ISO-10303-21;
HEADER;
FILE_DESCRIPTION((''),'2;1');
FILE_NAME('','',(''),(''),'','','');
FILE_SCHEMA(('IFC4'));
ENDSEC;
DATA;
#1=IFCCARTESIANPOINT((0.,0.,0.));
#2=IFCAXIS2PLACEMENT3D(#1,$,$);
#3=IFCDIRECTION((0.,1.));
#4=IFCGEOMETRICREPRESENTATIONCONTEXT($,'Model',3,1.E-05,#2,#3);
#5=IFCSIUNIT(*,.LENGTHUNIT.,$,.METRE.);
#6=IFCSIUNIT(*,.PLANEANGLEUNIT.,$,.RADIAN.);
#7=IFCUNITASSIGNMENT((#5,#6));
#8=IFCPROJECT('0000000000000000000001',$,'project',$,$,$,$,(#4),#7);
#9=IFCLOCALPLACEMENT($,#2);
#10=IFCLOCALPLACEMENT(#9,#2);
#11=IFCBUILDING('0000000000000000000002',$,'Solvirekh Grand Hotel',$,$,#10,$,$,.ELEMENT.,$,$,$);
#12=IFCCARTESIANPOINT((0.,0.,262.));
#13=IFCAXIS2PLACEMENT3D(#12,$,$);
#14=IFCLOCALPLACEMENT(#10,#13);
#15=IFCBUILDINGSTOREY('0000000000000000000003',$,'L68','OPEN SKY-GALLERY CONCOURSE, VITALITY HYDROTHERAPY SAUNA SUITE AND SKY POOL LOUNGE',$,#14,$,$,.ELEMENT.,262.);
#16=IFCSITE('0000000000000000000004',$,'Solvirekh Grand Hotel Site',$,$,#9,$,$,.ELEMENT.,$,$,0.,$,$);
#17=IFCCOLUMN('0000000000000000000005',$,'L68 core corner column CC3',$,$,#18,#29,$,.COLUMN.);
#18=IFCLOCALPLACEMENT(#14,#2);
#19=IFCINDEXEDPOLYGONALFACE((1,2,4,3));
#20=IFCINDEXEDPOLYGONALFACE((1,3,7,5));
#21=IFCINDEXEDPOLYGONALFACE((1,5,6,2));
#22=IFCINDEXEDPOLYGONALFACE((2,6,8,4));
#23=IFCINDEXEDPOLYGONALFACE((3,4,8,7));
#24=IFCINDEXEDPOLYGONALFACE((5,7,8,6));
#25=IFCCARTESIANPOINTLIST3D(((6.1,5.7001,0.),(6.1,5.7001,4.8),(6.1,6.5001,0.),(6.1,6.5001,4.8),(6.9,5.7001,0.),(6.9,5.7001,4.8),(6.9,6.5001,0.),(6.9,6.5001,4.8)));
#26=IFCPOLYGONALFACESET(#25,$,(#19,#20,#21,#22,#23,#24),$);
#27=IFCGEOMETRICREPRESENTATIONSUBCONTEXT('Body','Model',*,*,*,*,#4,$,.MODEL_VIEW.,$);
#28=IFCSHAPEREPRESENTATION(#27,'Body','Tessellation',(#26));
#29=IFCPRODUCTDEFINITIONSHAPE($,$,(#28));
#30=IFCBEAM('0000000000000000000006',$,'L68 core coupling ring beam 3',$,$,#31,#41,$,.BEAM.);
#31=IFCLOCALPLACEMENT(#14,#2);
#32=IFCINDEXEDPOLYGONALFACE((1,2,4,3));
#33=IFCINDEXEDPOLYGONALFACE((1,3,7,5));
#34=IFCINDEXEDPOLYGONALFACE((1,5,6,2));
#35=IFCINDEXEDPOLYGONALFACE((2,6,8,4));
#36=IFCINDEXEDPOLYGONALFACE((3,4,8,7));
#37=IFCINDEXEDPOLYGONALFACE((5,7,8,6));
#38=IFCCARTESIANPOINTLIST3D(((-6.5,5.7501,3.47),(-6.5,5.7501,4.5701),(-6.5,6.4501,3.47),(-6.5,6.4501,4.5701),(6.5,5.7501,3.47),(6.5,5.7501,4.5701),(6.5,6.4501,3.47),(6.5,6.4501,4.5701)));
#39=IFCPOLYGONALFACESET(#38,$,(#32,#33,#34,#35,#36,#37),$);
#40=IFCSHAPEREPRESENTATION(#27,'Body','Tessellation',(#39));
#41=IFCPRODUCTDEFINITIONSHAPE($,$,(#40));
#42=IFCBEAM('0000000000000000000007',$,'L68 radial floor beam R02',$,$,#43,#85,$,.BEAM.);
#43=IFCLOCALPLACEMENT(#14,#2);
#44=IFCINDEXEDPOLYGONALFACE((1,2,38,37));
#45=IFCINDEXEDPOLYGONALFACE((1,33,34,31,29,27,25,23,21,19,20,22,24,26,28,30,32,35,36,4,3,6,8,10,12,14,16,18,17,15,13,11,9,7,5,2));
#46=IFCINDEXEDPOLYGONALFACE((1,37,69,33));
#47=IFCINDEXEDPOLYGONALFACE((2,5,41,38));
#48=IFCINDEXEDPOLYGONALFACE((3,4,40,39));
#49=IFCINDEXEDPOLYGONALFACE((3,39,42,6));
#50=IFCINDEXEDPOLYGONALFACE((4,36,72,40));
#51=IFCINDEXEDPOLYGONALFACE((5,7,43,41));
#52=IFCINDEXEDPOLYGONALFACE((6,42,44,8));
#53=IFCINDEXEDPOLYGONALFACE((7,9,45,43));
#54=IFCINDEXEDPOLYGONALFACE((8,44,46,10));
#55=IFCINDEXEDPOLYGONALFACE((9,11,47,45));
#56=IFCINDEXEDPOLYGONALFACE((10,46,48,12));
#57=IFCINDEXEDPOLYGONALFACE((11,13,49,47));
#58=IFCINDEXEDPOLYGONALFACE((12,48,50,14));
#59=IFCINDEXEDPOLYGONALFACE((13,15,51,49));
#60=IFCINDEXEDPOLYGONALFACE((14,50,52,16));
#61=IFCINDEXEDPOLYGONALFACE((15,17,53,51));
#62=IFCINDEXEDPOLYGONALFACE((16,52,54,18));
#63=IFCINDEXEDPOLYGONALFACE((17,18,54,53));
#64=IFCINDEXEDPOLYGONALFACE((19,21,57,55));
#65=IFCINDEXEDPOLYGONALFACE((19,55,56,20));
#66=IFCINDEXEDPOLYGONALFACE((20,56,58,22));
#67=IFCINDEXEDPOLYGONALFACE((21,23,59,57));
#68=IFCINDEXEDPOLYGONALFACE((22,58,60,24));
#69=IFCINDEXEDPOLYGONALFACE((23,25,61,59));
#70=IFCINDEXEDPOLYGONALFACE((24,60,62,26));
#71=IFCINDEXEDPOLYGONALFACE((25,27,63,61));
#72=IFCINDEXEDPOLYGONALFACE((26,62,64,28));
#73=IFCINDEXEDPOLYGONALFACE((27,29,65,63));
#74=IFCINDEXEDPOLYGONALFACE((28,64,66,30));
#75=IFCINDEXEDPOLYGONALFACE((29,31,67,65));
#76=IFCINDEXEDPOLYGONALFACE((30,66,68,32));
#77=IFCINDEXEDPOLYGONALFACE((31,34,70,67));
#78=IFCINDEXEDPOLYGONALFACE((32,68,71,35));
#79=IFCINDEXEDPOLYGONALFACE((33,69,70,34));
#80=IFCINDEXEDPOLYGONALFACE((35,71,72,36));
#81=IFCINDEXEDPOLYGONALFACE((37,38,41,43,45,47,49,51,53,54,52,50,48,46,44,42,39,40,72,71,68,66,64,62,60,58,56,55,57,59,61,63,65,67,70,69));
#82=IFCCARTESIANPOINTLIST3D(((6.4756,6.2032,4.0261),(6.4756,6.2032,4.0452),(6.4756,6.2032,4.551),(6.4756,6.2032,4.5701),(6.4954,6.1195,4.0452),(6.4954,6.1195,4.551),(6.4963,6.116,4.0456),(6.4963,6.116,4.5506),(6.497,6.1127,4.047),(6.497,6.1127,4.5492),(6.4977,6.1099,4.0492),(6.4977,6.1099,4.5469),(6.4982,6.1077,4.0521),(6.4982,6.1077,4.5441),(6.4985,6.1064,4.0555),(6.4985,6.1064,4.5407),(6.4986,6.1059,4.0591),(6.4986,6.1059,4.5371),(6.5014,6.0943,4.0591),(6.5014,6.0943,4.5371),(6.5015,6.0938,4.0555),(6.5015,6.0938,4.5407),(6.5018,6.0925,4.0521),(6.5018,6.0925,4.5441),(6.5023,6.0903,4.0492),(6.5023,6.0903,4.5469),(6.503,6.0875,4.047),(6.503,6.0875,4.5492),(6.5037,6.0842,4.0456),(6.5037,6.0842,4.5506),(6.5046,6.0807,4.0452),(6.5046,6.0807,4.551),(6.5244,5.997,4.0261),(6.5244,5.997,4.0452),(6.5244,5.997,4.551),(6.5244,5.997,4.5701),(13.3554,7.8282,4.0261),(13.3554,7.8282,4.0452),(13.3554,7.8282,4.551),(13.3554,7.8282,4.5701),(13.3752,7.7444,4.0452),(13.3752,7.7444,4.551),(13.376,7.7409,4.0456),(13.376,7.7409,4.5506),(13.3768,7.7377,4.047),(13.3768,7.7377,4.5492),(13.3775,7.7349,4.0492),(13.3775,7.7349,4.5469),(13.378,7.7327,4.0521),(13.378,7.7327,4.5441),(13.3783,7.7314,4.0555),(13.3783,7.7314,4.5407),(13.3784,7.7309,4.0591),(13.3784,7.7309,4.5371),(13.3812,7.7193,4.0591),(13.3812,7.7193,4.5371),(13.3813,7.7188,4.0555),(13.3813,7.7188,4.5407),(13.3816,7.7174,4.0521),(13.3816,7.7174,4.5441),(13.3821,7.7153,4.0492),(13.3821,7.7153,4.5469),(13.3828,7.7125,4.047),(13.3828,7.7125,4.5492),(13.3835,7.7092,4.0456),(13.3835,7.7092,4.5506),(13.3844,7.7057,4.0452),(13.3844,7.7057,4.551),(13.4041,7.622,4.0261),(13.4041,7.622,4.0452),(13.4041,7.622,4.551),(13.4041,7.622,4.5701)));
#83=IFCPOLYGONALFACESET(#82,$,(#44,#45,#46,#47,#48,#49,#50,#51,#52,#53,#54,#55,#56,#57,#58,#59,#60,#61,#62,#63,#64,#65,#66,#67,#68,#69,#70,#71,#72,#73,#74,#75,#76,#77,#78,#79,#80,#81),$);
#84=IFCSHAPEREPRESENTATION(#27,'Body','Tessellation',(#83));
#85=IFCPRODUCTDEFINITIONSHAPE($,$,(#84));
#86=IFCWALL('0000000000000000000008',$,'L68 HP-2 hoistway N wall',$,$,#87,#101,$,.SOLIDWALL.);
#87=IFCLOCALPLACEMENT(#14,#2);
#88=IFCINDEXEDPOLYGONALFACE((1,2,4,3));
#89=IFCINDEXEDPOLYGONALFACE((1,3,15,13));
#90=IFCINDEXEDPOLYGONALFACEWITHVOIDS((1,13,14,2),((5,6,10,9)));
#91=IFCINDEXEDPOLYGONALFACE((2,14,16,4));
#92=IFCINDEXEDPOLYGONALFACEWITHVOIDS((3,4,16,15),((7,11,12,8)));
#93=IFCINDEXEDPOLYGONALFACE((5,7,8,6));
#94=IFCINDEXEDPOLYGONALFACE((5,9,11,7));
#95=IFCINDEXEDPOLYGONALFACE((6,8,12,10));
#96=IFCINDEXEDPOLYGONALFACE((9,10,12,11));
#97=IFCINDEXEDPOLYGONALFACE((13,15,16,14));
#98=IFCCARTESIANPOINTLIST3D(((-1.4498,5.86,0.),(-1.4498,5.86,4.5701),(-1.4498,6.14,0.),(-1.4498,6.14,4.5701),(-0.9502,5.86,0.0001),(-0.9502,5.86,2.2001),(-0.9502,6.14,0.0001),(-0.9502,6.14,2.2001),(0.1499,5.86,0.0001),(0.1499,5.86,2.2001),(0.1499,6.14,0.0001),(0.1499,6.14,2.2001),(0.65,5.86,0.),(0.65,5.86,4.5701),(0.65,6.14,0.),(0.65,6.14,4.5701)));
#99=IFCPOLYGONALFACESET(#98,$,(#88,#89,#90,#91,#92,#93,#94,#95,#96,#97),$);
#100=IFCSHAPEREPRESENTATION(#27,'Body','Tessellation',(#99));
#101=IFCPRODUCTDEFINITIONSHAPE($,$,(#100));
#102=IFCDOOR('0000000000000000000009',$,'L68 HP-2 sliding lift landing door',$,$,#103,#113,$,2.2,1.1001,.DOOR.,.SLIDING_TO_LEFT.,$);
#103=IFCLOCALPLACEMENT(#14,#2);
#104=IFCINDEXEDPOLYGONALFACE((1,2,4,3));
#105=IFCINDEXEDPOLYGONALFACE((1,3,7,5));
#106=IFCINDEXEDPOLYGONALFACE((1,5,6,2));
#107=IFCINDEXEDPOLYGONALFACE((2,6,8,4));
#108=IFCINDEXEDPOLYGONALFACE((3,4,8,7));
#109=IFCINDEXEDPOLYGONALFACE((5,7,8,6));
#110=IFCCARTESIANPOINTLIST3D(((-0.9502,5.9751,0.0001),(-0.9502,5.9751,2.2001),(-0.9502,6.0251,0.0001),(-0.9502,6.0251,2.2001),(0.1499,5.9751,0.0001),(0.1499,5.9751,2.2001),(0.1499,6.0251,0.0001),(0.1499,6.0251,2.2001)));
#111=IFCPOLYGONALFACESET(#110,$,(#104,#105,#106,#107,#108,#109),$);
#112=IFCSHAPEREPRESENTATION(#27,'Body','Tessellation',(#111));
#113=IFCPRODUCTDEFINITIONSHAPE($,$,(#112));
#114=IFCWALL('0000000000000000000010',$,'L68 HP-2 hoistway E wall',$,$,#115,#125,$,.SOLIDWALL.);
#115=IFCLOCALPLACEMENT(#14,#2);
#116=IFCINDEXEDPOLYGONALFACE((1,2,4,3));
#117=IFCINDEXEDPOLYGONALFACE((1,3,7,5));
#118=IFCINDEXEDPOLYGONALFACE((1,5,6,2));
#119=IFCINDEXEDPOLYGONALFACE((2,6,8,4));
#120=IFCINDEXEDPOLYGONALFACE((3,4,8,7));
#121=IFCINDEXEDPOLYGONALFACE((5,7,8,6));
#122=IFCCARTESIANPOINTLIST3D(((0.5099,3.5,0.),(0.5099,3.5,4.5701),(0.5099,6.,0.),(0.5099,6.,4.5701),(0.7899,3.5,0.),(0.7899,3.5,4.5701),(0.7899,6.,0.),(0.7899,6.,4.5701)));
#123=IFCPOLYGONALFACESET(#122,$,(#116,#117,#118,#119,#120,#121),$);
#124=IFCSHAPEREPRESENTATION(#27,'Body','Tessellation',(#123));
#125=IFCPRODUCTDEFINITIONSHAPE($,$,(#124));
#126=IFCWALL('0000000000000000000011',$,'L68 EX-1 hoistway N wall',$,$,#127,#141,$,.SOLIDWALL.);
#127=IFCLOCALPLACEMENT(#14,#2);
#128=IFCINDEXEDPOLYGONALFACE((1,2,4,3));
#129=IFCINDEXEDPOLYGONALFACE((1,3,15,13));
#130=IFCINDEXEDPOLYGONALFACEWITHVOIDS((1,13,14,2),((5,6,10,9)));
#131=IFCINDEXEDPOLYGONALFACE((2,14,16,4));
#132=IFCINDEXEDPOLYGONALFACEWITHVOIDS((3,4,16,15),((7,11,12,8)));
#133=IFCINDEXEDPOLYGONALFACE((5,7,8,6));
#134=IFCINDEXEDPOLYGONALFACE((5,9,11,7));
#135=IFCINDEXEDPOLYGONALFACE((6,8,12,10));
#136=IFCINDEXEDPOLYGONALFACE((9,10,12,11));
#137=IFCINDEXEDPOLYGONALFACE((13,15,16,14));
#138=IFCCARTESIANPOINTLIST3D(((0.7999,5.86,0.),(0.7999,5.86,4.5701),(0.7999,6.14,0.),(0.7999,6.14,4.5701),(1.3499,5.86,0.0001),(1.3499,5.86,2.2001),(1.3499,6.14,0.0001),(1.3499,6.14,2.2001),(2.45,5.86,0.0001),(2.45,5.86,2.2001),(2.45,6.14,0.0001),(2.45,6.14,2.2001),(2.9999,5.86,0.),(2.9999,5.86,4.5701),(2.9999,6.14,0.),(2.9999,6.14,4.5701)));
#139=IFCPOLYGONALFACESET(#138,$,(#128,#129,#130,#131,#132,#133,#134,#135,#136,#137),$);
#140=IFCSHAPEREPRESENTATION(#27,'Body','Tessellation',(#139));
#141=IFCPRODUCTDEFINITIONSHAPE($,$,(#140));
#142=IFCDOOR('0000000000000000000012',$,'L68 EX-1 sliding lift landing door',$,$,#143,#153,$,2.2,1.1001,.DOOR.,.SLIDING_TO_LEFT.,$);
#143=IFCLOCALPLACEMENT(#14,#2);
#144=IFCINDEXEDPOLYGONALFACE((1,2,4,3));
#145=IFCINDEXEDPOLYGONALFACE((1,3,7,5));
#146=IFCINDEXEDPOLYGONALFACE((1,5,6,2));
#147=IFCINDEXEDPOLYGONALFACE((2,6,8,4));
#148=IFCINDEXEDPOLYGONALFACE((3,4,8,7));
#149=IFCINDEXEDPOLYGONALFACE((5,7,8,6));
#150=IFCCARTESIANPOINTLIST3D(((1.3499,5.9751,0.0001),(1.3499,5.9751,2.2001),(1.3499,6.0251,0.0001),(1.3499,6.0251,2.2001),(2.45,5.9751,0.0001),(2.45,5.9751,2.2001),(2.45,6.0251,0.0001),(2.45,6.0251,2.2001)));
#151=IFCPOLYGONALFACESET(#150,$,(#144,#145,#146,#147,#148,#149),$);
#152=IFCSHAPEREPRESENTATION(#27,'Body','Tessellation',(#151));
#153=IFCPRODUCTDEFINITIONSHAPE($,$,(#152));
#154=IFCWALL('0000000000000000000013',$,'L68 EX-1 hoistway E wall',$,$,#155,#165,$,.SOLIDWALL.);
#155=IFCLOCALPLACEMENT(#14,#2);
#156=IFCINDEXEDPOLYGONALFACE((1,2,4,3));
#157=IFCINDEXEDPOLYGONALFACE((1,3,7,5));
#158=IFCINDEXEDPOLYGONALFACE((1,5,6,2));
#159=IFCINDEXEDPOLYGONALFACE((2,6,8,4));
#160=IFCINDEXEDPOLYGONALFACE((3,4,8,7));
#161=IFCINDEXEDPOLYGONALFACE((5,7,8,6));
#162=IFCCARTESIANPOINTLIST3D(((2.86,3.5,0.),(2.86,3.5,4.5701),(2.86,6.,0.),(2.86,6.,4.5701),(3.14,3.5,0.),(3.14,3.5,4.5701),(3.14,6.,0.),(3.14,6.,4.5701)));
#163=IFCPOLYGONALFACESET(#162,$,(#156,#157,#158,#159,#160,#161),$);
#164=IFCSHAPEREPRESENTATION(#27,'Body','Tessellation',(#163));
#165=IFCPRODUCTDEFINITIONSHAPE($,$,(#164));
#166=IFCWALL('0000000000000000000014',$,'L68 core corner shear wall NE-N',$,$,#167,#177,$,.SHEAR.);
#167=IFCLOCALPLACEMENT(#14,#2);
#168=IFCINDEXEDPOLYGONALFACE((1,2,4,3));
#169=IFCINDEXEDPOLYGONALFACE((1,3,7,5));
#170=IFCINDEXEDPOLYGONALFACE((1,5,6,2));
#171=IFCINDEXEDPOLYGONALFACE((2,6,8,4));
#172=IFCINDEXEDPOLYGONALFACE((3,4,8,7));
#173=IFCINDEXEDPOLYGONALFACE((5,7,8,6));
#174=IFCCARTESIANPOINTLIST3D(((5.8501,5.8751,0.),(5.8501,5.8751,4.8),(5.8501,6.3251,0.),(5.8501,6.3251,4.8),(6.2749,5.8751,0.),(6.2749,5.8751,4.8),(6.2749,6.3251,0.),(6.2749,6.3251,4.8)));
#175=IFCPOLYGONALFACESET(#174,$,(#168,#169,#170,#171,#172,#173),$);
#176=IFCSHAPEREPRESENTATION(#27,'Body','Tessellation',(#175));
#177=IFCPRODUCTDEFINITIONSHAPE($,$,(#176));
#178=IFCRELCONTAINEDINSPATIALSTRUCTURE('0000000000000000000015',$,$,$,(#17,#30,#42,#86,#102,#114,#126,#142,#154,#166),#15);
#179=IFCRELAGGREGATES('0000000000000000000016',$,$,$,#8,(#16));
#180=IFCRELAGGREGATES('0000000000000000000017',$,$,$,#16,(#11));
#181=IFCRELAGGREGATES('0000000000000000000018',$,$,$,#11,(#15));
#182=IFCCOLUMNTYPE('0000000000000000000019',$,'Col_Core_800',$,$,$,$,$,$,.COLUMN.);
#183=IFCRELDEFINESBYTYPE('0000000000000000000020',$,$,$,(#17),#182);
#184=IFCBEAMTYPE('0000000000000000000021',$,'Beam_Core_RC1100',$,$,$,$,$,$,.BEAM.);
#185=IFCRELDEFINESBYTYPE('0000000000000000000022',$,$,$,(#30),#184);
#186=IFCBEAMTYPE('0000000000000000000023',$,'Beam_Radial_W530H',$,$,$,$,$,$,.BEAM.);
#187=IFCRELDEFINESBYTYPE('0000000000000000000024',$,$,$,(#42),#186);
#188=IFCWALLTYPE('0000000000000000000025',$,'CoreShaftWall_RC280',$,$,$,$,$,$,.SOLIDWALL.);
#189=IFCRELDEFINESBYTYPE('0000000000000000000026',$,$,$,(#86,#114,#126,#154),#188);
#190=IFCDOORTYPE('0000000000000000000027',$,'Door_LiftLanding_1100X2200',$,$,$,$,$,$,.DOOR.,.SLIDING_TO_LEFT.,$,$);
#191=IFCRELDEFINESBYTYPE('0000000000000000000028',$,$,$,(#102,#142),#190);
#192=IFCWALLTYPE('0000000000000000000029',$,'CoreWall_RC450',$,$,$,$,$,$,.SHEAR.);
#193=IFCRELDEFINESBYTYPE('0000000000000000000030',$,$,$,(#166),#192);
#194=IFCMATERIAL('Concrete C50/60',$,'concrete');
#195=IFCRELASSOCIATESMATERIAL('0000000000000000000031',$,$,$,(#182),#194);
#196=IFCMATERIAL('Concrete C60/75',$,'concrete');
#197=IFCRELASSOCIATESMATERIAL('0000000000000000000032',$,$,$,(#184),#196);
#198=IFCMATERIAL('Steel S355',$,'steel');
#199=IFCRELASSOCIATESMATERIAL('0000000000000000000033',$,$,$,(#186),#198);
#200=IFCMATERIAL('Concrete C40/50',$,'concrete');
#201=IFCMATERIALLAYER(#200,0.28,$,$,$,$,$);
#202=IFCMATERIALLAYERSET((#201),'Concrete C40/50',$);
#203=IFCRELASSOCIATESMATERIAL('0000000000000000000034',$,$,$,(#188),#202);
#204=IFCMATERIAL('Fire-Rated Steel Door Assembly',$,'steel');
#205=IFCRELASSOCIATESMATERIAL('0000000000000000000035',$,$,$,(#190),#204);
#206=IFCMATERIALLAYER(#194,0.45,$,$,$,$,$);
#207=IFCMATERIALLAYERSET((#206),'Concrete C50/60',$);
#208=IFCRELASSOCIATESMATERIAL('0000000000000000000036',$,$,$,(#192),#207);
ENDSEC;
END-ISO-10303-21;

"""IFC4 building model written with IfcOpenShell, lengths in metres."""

from ifc_helpers import new_model, si_unit, direction, frame, frame_2d, origin, origin_2d, place, context, subcontext, project, spatial, rectangle, i_section, extrude, material, layer, layer_set, material_profile, profile_set, type_object, element, fill, save


model = new_model("IFC4")

# Units and contexts
model_context = context("Model", 3, precision=1e-05, world=origin(), true_north=direction((0.0, 1.0)))
body_context = subcontext(model_context, "Body", "Model", "MODEL_VIEW")
ifc_project = project(units=[si_unit("LENGTHUNIT", "METRE"), si_unit("PLANEANGLEUNIT", "RADIAN")], contexts=[model_context])

# Site, building, storey
site_placement = place(None, origin())
site = spatial("IfcSite", under=ifc_project, at=site_placement, Name="Solvirekh Grand Hotel Site", CompositionType="ELEMENT", RefElevation=0.0)
building_placement = place(site_placement, origin())
building = spatial("IfcBuilding", under=site, at=building_placement, Name="Solvirekh Grand Hotel", CompositionType="ELEMENT")
storey_placement = place(building_placement, frame((0.0, 0.0, 262.0)))
storey = spatial("IfcBuildingStorey", under=building, at=storey_placement, Name="L68", Description="OPEN SKY-GALLERY CONCOURSE, VITALITY HYDROTHERAPY SAUNA SUITE AND SKY POOL LOUNGE", CompositionType="ELEMENT", Elevation=262.0)

# Column
ifc_material_1 = material(Name="Concrete C50/60", Category="concrete")
ifc_material_profile_1 = material_profile(ifc_material_1, rectangle(XDim=0.8, YDim=0.8, at=origin_2d()), Name="RC 800X800")
ifc_profile_set_1 = profile_set([ifc_material_profile_1], Name="Concrete C50/60")
column_type = type_object("IfcColumnType", Name="Col_Core_800", PredefinedType="COLUMN", material=ifc_profile_set_1)
column_placement = place(storey_placement, frame((6.5, 6.1001, 0.0), z_axis=(0.0, 0.0, 1.0), x_axis=(1.0, 0.0, 0.0)))
element("IfcColumn", 1, at=column_placement, inside=storey, type_object=column_type, Name="L68 core corner column CC3", PredefinedType="COLUMN", context=body_context, shape_type="SweptSolid", body=[
    extrude(rectangle(XDim=0.8, YDim=0.8, at=origin_2d()), origin(), (0.0, 0.0, 1.0), 4.8),
])

# Beams
ifc_material_2 = material(Name="Concrete C60/75", Category="concrete")
ifc_material_profile_2 = material_profile(ifc_material_2, rectangle(XDim=0.7, YDim=1.1001, at=origin_2d()), Name="RC BEAM 700X1100")
ifc_profile_set_2 = profile_set([ifc_material_profile_2], Name="Concrete C60/75")
beam_type_1 = type_object("IfcBeamType", Name="Beam_Core_RC1100", PredefinedType="BEAM", material=ifc_profile_set_2)
beam_1_placement = place(storey_placement, frame((6.5, 6.1001, 4.02), z_axis=(-1.0, 0.0, 0.0), x_axis=(0.0, -1.0, 0.0)))
element("IfcBeam", 2, at=beam_1_placement, inside=storey, type_object=beam_type_1, Name="L68 core coupling ring beam 3", PredefinedType="BEAM", context=body_context, shape_type="SweptSolid", body=[
    extrude(rectangle(XDim=0.7, YDim=1.1001, at=origin_2d()), origin(), (0.0, 0.0, 1.0), 13.0),
])
ifc_material_3 = material(Name="Steel S355", Category="steel")
ifc_material_profile_3 = material_profile(ifc_material_3, i_section(OverallWidth=0.2119, OverallDepth=0.5439, WebThickness=0.012, FlangeThickness=0.019, FilletRadius=0.0139, at=origin_2d()), Name="W530X123")
ifc_profile_set_3 = profile_set([ifc_material_profile_3], Name="Steel S355")
beam_type_2 = type_object("IfcBeamType", Name="Beam_Radial_W530H", PredefinedType="BEAM", material=ifc_profile_set_3)
beam_2_placement = place(storey_placement, frame((6.5, 6.1001, 4.2981), z_axis=(0.973221, 0.229871, 0.0), x_axis=(-0.229871, 0.973221, 0.0)))
element("IfcBeam", 3, at=beam_2_placement, inside=storey, type_object=beam_type_2, Name="L68 radial floor beam R02", PredefinedType="BEAM", context=body_context, shape_type="SweptSolid", body=[
    extrude(i_section(OverallWidth=0.2119, OverallDepth=0.5439, WebThickness=0.012, FlangeThickness=0.019, FilletRadius=0.0139, at=origin_2d()), origin(), (0.0, 0.0, 1.0), 7.0691),
])

# Wall, opening, door
ifc_material_4 = material(Name="Concrete C40/50", Category="concrete")
ifc_layer_1 = layer(ifc_material_4, 0.28)
ifc_layer_set_1 = layer_set([ifc_layer_1], Name="Concrete C40/50")
wall_type_1 = type_object("IfcWallType", Name="CoreShaftWall_RC280", PredefinedType="SOLIDWALL", material=ifc_layer_set_1)
wall_1_placement = place(storey_placement, frame((0.6499, 6.0, 0.0), z_axis=(0.0, 0.0, 1.0), x_axis=(-1.0, 0.0, 0.0)))
wall_1 = element("IfcWall", 4, at=wall_1_placement, inside=storey, type_object=wall_type_1, Name="L68 HP-2 hoistway N wall", PredefinedType="SOLIDWALL", context=body_context, shape_type="SweptSolid", body=[
    extrude(rectangle(XDim=2.0999, YDim=0.28, at=frame_2d((1.0498, 0.0))), origin(), (0.0, 0.0, 1.0), 4.5701),
])
opening_1_placement = place(wall_1_placement, frame((0.5, 0.0, 0.0)))
opening_1 = element("IfcOpeningElement", 5, at=opening_1_placement, cuts=wall_1, PredefinedType="OPENING", context=body_context, shape_type="SweptSolid", body=[
    extrude(rectangle(XDim=1.1001, YDim=2.2, at=frame_2d((0.55, 1.1001))), frame((0.0, 0.1499, 0.0), z_axis=(0.0, -1.0, 0.0), x_axis=(1.0, 0.0, 0.0)), (0.0, 0.0, 1.0), 0.3),
])
ifc_material_5 = material(Name="Fire-Rated Steel Door Assembly", Category="steel")
door_type_1 = type_object("IfcDoorType", Name="Door_LiftLanding_1100X2200", OperationType="SLIDING_TO_LEFT", PredefinedType="DOOR", material=ifc_material_5)
door_1_placement = place(opening_1_placement, origin())
door_1 = element("IfcDoor", 6, at=door_1_placement, inside=storey, type_object=door_type_1, Name="L68 HP-2 sliding lift landing door", OperationType="SLIDING_TO_LEFT", OverallHeight=2.2, OverallWidth=1.1001, PredefinedType="DOOR", context=body_context, shape_type="SweptSolid", body=[
    extrude(rectangle(XDim=1.1001, YDim=2.2, at=frame_2d((0.55, 1.1001))), frame((0.0, 0.0249, 0.0), z_axis=(0.0, -1.0, 0.0), x_axis=(1.0, 0.0, 0.0)), (0.0, 0.0, 1.0), 0.05),
])
fill(opening_1, door_1)

# Wall
wall_2_placement = place(storey_placement, frame((0.6499, 3.5, 0.0), z_axis=(0.0, 0.0, 1.0), x_axis=(0.0, 1.0, 0.0)))
element("IfcWall", 7, at=wall_2_placement, inside=storey, type_object=wall_type_1, Name="L68 HP-2 hoistway E wall", PredefinedType="SOLIDWALL", context=body_context, shape_type="SweptSolid", body=[
    extrude(rectangle(XDim=2.5, YDim=0.28, at=frame_2d((1.25, 0.0))), origin(), (0.0, 0.0, 1.0), 4.5701),
])

# Wall, opening, door
wall_3_placement = place(storey_placement, frame((3.0, 6.0, 0.0), z_axis=(0.0, 0.0, 1.0), x_axis=(-1.0, 0.0, 0.0)))
wall_3 = element("IfcWall", 8, at=wall_3_placement, inside=storey, type_object=wall_type_1, Name="L68 EX-1 hoistway N wall", PredefinedType="SOLIDWALL", context=body_context, shape_type="SweptSolid", body=[
    extrude(rectangle(XDim=2.2, YDim=0.28, at=frame_2d((1.1001, 0.0))), origin(), (0.0, 0.0, 1.0), 4.5701),
])
opening_2_placement = place(wall_3_placement, frame((0.55, 0.0, 0.0)))
opening_2 = element("IfcOpeningElement", 9, at=opening_2_placement, cuts=wall_3, PredefinedType="OPENING", context=body_context, shape_type="SweptSolid", body=[
    extrude(rectangle(XDim=1.1001, YDim=2.2, at=frame_2d((0.55, 1.1001))), frame((0.0, 0.1499, 0.0), z_axis=(0.0, -1.0, 0.0), x_axis=(1.0, 0.0, 0.0)), (0.0, 0.0, 1.0), 0.3),
])
door_2_placement = place(opening_2_placement, origin())
door_2 = element("IfcDoor", 10, at=door_2_placement, inside=storey, type_object=door_type_1, Name="L68 EX-1 sliding lift landing door", OperationType="SLIDING_TO_LEFT", OverallHeight=2.2, OverallWidth=1.1001, PredefinedType="DOOR", context=body_context, shape_type="SweptSolid", body=[
    extrude(rectangle(XDim=1.1001, YDim=2.2, at=frame_2d((0.55, 1.1001))), frame((0.0, 0.0249, 0.0), z_axis=(0.0, -1.0, 0.0), x_axis=(1.0, 0.0, 0.0)), (0.0, 0.0, 1.0), 0.05),
])
fill(opening_2, door_2)

# Walls
wall_4_placement = place(storey_placement, frame((3.0, 3.5, 0.0), z_axis=(0.0, 0.0, 1.0), x_axis=(0.0, 1.0, 0.0)))
element("IfcWall", 11, at=wall_4_placement, inside=storey, type_object=wall_type_1, Name="L68 EX-1 hoistway E wall", PredefinedType="SOLIDWALL", context=body_context, shape_type="SweptSolid", body=[
    extrude(rectangle(XDim=2.5, YDim=0.28, at=frame_2d((1.25, 0.0))), origin(), (0.0, 0.0, 1.0), 4.5701),
])
ifc_layer_2 = layer(ifc_material_1, 0.45)
ifc_layer_set_2 = layer_set([ifc_layer_2], Name="Concrete C50/60")
wall_type_2 = type_object("IfcWallType", Name="CoreWall_RC450", PredefinedType="SHEAR", material=ifc_layer_set_2)
wall_5_placement = place(storey_placement, frame((5.8501, 6.1001, 0.0), z_axis=(0.0, 0.0, 1.0), x_axis=(1.0, 0.0, 0.0)))
element("IfcWall", 12, at=wall_5_placement, inside=storey, type_object=wall_type_2, Name="L68 core corner shear wall NE-N", PredefinedType="SHEAR", context=body_context, shape_type="SweptSolid", body=[
    extrude(rectangle(XDim=0.4248, YDim=0.45, at=frame_2d((0.2124, 0.0))), origin(), (0.0, 0.0, 1.0), 4.8),
])

save(model, "model.ifc")
